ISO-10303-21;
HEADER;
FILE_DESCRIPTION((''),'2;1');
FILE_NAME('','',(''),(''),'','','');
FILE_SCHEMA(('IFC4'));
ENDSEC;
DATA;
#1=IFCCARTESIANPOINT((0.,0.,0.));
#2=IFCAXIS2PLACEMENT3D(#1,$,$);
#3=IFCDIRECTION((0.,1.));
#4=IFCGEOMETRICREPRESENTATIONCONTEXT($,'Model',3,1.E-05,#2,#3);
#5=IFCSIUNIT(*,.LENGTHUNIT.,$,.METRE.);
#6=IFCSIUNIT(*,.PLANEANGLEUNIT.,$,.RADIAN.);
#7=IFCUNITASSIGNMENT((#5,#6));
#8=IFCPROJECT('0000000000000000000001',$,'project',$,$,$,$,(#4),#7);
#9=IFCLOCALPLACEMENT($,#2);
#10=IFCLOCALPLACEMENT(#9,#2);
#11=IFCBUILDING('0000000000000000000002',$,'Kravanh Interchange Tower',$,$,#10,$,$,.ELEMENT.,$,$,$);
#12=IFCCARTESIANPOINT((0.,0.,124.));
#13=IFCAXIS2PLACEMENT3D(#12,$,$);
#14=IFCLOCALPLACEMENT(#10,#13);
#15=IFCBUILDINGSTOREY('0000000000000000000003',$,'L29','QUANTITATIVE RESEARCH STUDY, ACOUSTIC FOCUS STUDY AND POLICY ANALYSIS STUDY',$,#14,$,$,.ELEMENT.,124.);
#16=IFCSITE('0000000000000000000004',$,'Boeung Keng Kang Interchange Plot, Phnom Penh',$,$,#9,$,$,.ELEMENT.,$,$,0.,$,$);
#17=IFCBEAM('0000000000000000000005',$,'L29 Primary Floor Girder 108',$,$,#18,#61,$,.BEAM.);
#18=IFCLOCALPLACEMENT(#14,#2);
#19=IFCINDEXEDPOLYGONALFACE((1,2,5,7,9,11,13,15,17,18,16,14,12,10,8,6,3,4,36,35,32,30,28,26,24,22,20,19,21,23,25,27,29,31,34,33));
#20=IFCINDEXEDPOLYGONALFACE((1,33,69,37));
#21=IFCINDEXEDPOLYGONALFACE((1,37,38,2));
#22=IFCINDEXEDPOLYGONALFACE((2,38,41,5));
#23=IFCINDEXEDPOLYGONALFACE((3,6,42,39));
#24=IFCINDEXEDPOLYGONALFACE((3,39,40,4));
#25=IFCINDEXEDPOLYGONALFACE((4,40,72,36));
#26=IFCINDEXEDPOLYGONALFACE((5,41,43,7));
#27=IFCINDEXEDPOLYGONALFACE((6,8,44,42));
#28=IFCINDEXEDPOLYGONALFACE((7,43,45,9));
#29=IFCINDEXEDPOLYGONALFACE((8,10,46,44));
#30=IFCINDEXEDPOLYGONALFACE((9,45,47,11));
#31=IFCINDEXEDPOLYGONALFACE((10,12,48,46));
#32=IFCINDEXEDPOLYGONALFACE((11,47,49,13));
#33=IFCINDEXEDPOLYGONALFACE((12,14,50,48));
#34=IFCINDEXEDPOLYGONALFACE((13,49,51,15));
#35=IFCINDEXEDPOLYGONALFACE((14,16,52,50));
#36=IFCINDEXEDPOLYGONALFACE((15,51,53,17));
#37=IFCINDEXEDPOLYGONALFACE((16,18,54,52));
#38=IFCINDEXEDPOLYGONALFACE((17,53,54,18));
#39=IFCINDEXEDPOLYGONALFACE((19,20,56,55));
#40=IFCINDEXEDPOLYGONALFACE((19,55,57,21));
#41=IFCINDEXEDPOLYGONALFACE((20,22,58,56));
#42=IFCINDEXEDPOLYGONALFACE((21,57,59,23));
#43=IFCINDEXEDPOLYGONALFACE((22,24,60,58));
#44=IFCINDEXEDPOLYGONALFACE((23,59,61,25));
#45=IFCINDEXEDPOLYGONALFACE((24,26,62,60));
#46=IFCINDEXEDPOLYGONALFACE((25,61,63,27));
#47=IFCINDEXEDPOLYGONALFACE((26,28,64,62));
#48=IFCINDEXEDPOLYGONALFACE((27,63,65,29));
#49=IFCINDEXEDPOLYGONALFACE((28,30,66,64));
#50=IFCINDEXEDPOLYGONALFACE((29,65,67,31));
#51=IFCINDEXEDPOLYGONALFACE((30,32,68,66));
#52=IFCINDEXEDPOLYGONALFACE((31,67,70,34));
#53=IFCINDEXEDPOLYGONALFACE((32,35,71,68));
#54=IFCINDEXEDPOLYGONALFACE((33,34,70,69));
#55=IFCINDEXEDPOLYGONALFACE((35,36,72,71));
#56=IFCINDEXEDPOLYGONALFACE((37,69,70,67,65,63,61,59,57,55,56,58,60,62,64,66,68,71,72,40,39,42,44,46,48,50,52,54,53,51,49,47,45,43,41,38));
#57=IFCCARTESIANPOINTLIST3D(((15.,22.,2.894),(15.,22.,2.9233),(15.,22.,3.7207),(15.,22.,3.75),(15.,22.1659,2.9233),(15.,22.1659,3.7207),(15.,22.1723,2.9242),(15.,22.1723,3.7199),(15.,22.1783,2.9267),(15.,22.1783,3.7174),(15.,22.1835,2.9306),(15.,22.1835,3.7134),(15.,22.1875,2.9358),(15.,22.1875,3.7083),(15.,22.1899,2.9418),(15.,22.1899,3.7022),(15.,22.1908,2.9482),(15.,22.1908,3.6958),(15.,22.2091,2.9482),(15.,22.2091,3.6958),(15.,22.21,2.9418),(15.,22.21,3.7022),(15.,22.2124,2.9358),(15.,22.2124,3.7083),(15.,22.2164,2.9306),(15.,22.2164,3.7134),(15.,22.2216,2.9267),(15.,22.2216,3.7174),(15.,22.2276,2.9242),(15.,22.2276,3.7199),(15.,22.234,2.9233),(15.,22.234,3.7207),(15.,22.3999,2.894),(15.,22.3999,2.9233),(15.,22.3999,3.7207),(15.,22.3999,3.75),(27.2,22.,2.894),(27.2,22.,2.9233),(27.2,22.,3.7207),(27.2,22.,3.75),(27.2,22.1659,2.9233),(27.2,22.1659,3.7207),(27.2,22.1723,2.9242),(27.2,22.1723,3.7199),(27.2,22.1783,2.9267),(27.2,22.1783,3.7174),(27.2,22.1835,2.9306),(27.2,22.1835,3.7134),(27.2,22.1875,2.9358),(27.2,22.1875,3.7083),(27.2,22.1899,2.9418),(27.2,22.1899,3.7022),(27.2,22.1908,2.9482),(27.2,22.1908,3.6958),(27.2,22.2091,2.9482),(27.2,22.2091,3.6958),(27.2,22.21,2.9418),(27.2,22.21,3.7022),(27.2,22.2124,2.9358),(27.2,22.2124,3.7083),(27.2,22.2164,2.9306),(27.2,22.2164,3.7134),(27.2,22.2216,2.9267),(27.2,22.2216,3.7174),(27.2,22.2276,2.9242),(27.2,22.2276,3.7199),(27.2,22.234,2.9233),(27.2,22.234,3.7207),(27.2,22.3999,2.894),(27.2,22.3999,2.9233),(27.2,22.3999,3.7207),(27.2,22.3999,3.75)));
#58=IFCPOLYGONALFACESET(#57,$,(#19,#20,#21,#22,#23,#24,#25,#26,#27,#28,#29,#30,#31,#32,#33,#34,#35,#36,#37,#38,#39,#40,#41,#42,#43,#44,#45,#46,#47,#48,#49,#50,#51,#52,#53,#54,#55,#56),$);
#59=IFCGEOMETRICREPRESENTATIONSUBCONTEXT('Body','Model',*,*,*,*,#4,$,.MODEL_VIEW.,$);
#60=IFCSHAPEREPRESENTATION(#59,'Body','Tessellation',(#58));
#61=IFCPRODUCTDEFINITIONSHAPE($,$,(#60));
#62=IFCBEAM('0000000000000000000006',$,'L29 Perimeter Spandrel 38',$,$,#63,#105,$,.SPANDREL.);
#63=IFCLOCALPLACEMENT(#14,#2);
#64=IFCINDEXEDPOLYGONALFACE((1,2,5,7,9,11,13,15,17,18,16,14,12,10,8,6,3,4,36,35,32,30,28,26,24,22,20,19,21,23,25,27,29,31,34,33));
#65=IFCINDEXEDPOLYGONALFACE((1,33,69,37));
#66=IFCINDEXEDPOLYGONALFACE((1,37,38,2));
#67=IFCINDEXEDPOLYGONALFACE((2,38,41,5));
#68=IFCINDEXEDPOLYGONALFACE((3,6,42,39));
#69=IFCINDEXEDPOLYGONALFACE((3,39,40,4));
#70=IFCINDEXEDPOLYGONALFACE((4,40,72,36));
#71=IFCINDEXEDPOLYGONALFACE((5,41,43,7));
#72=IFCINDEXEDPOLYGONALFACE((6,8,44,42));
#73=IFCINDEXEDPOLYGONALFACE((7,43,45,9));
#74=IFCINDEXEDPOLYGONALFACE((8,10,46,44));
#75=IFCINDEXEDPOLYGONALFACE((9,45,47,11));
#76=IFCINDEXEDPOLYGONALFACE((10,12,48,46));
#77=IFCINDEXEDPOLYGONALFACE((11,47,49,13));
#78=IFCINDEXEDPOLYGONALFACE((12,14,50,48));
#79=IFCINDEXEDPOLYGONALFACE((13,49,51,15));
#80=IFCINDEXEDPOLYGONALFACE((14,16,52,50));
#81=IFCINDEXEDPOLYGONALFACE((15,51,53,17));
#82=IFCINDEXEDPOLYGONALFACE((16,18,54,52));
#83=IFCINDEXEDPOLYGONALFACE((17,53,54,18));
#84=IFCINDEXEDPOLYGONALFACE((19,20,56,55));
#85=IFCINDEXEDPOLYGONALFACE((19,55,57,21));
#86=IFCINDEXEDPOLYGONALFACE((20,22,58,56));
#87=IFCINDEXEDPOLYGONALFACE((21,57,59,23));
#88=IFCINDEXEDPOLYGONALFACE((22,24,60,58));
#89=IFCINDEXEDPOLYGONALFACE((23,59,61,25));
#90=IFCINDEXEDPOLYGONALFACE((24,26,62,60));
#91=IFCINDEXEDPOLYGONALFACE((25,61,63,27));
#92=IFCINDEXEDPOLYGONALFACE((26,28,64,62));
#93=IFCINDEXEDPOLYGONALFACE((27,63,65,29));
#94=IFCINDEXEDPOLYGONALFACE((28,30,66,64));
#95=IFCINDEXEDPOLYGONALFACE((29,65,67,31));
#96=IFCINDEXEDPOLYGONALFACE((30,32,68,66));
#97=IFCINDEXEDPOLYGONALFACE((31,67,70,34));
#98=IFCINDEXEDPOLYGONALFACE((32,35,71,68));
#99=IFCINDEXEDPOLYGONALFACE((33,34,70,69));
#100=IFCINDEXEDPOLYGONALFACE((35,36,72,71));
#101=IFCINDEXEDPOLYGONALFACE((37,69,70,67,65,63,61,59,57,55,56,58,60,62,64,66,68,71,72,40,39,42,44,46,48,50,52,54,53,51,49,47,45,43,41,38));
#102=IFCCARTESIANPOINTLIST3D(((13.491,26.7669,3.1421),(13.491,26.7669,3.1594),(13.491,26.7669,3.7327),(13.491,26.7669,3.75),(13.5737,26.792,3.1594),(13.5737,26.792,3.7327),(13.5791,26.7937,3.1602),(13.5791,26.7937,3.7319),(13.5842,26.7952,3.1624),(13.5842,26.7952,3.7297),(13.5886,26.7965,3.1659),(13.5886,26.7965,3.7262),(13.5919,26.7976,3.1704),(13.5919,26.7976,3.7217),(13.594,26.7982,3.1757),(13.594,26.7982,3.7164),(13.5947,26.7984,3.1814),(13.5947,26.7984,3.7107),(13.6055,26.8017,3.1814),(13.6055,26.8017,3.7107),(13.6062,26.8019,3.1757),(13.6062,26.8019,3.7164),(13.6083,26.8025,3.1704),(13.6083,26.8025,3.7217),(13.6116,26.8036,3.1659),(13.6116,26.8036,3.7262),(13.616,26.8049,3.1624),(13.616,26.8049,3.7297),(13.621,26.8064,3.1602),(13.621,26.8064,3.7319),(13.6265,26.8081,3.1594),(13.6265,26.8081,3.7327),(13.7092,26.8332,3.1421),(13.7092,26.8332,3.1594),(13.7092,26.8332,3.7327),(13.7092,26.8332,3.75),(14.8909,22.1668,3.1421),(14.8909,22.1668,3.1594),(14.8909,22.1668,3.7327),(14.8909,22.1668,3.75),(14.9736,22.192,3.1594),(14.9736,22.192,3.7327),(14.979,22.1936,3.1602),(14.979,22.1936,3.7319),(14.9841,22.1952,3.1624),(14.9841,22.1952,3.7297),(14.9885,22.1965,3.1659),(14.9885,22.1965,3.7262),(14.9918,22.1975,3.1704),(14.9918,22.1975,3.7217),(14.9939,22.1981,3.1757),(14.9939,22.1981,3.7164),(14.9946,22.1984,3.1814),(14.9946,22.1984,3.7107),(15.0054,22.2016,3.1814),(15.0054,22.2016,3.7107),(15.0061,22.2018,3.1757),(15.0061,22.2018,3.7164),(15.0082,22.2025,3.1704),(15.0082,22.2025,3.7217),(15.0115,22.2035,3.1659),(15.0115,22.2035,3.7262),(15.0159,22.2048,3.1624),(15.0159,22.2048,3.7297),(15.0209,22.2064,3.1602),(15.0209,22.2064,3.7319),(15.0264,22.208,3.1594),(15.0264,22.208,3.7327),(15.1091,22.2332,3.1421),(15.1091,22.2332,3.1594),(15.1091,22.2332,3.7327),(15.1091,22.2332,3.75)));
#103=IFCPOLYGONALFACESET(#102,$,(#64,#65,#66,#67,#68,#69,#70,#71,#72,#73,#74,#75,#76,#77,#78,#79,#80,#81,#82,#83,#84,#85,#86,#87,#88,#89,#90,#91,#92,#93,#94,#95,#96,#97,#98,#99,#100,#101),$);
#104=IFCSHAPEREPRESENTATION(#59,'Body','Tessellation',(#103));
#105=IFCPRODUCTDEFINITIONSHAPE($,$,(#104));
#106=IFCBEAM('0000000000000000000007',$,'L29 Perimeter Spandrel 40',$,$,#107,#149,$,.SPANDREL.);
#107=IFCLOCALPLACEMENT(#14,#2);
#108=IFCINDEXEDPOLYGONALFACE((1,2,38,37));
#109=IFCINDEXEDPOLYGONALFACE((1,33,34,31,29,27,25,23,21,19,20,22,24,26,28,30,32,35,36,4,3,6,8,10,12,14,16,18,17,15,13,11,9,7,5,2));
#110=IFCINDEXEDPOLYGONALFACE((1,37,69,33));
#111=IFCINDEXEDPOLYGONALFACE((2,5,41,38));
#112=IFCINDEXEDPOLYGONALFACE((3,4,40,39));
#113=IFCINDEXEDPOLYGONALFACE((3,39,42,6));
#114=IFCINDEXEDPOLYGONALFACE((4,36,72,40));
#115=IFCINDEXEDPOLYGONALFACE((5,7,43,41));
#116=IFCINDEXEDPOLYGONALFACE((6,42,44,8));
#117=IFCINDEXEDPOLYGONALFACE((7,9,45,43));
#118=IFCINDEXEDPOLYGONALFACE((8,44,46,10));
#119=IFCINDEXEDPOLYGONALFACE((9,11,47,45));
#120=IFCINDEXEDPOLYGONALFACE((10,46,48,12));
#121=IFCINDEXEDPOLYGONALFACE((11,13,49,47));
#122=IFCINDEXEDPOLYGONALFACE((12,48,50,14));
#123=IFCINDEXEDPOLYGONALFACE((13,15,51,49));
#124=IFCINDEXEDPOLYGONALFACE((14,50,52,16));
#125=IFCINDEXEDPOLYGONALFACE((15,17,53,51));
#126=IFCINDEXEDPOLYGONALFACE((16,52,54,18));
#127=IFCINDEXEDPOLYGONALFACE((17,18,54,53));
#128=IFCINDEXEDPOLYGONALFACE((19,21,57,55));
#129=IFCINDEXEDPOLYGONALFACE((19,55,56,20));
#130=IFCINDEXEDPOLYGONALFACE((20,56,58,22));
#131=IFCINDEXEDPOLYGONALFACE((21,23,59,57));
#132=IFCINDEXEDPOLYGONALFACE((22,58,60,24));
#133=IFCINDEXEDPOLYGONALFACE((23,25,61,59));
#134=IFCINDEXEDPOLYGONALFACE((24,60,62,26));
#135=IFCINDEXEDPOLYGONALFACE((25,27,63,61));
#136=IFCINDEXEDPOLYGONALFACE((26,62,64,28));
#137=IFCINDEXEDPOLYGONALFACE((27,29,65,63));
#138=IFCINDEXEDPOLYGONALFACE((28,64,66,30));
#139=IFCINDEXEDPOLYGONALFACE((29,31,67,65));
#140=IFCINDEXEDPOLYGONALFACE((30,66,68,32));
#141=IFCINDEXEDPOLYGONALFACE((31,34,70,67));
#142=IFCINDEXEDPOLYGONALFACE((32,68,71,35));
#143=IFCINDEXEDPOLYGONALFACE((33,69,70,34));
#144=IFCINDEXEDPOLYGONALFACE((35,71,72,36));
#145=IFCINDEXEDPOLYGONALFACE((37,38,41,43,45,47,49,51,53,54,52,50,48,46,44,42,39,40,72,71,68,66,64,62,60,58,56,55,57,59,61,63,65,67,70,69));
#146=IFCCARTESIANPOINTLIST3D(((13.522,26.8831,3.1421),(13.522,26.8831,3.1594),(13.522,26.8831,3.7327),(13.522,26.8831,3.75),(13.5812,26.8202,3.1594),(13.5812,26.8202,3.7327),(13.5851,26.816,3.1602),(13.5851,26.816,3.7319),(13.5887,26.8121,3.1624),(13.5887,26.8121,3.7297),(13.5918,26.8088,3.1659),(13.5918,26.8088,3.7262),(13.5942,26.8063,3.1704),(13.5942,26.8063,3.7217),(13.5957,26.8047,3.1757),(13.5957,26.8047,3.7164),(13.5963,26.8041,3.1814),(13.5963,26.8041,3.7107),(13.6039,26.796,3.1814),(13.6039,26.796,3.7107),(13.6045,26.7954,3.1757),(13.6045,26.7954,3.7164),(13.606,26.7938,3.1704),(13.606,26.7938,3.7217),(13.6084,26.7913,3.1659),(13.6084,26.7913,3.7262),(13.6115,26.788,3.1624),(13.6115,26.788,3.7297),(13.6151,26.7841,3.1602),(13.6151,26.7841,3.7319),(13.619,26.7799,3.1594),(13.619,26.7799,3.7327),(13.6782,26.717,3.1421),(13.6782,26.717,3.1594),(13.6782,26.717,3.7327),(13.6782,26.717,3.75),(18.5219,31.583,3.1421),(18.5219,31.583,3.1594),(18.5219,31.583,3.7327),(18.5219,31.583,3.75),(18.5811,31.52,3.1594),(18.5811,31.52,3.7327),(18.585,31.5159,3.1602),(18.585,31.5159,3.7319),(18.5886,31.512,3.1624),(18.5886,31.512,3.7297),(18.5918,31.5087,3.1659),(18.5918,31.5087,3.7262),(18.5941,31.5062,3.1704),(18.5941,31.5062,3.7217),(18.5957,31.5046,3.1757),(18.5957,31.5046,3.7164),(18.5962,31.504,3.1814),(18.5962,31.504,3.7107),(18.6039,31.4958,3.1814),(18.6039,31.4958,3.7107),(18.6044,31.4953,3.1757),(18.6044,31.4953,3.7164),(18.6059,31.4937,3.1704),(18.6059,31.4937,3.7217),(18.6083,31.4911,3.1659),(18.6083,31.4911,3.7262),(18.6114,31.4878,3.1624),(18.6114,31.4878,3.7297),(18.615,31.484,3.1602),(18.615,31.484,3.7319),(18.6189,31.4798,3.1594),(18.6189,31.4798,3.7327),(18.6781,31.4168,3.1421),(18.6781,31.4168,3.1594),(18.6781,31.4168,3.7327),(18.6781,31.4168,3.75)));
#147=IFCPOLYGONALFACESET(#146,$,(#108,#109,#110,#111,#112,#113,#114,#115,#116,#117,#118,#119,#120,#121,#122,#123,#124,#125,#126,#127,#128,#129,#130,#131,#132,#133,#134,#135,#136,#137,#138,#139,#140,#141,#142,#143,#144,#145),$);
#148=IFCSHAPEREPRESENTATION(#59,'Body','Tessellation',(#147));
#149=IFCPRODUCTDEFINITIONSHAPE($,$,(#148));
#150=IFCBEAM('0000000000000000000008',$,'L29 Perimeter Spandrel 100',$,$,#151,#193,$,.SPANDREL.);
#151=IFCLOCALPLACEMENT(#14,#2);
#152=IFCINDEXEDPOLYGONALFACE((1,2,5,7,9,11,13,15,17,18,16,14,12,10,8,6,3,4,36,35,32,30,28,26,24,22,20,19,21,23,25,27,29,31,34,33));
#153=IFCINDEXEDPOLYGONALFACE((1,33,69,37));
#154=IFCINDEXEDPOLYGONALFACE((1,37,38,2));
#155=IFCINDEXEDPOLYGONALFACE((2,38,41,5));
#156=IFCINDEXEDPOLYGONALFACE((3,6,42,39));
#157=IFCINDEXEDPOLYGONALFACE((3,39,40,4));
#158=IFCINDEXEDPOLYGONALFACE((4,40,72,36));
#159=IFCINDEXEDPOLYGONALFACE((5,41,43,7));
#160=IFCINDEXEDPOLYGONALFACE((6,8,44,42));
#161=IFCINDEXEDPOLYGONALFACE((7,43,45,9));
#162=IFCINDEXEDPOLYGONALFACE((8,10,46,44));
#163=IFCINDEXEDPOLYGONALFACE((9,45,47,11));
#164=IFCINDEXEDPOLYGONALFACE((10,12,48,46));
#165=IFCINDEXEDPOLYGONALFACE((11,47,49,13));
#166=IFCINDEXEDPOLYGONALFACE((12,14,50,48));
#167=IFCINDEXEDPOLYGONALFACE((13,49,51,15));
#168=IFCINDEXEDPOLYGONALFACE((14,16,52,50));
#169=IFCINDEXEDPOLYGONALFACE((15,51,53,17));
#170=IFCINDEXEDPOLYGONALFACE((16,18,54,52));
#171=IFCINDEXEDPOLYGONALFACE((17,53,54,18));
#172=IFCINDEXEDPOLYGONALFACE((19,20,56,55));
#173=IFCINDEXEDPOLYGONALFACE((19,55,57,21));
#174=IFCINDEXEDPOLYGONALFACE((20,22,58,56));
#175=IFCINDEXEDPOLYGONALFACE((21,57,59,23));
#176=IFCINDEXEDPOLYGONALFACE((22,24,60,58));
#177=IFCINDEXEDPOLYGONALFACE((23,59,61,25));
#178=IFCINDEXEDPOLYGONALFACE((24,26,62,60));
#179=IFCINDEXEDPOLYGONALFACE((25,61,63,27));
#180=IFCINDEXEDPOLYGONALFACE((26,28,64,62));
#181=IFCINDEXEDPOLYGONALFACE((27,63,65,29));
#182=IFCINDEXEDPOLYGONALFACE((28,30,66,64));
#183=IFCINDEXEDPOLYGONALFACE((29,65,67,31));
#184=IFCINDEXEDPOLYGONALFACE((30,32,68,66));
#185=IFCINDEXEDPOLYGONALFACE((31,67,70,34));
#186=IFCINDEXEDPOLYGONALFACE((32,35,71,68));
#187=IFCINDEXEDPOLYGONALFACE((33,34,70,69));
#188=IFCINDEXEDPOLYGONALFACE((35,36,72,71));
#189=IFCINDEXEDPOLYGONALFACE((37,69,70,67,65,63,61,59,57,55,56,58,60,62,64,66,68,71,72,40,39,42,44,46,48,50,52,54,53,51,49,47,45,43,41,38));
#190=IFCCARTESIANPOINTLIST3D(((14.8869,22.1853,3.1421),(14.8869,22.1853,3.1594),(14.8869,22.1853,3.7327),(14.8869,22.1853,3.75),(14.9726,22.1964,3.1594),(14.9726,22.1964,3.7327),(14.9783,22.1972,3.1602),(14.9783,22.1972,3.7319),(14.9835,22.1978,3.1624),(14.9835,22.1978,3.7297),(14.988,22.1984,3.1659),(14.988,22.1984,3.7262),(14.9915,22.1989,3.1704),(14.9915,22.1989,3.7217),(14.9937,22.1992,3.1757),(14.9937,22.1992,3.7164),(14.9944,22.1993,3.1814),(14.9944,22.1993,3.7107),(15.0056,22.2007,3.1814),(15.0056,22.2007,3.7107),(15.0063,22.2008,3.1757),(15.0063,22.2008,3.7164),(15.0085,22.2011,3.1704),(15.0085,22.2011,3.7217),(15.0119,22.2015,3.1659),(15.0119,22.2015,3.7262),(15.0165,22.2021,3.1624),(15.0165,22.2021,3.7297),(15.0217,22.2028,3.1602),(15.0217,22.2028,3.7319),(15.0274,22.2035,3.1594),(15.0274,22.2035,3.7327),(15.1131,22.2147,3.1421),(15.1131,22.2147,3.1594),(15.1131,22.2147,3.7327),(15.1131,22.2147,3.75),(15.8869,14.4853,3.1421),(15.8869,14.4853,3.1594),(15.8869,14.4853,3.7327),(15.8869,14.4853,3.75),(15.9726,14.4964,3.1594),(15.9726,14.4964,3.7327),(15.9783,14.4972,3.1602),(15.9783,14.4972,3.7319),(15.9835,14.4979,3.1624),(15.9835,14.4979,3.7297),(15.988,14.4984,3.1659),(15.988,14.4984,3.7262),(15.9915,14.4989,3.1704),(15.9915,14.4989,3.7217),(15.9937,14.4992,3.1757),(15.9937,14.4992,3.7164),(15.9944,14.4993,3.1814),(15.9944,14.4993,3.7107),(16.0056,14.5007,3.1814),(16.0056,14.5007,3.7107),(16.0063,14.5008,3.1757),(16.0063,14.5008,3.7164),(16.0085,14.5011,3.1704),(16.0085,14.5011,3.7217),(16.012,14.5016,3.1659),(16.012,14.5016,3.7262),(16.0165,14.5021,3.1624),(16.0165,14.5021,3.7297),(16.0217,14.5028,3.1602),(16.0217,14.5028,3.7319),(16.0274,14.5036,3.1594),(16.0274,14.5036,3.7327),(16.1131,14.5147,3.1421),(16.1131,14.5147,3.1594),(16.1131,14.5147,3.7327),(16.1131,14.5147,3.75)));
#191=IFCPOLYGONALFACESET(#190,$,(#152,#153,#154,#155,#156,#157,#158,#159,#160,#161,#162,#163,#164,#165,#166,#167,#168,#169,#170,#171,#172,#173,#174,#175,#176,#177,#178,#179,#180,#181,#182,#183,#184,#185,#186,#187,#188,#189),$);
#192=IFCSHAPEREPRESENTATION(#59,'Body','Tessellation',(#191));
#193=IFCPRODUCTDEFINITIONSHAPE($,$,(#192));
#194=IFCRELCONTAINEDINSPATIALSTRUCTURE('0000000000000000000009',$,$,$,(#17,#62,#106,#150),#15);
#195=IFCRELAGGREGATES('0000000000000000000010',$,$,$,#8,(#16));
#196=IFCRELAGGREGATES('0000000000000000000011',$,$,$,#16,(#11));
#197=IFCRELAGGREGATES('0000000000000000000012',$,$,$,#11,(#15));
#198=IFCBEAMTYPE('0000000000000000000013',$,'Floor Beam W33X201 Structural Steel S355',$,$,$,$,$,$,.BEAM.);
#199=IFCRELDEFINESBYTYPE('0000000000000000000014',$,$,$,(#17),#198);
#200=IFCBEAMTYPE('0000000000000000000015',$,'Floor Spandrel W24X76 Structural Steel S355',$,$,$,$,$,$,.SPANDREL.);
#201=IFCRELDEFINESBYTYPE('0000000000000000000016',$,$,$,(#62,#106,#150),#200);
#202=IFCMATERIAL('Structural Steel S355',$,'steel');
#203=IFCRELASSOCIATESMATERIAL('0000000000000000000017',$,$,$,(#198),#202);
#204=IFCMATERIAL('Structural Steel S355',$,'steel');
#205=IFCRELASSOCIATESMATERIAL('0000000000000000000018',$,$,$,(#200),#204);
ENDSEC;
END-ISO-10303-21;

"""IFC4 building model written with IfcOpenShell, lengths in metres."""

from ifc_helpers import new_model, si_unit, direction, frame, origin, origin_2d, place, context, subcontext, project, spatial, i_section, extrude, material, material_profile, profile_set, type_object, element, save


model = new_model("IFC4")

# Units and contexts
model_context = context("Model", 3, precision=1e-05, world=origin(), true_north=direction((0.0, 1.0)))
body_context = subcontext(model_context, "Body", "Model", "MODEL_VIEW")
ifc_project = project(units=[si_unit("LENGTHUNIT", "METRE"), si_unit("PLANEANGLEUNIT", "RADIAN")], contexts=[model_context])

# Site, building, storey
site_placement = place(None, origin())
site = spatial("IfcSite", under=ifc_project, at=site_placement, Name="Boeung Keng Kang Interchange Plot, Phnom Penh", CompositionType="ELEMENT", RefElevation=0.0)
building_placement = place(site_placement, origin())
building = spatial("IfcBuilding", under=site, at=building_placement, Name="Kravanh Interchange Tower", CompositionType="ELEMENT")
storey_placement = place(building_placement, frame((0.0, 0.0, 124.0)))
storey = spatial("IfcBuildingStorey", under=building, at=storey_placement, Name="L29", Description="QUANTITATIVE RESEARCH STUDY, ACOUSTIC FOCUS STUDY AND POLICY ANALYSIS STUDY", CompositionType="ELEMENT", Elevation=124.0)

# Beams
ifc_material_1 = material(Name="Structural Steel S355", Category="steel")
ifc_material_profile_1 = material_profile(ifc_material_1, i_section(OverallWidth=0.3999, OverallDepth=0.856, WebThickness=0.0183, FlangeThickness=0.0293, FilletRadius=0.0249, at=origin_2d()), Name="W33X201")
ifc_profile_set_1 = profile_set([ifc_material_profile_1], Name="Structural Steel S355")
beam_type_1 = type_object("IfcBeamType", Name="Floor Beam W33X201 Structural Steel S355", PredefinedType="BEAM", material=ifc_profile_set_1)
beam_1_placement = place(storey_placement, frame((15.0, 22.2, 3.322), z_axis=(1.0, 0.0, 0.0), x_axis=(0.0, 1.0, 0.0)))
element("IfcBeam", 1, at=beam_1_placement, inside=storey, type_object=beam_type_1, Name="L29 Primary Floor Girder 108", PredefinedType="BEAM", context=body_context, shape_type="SweptSolid", body=[
    extrude(i_section(OverallWidth=0.3999, OverallDepth=0.856, WebThickness=0.0183, FlangeThickness=0.0293, FilletRadius=0.0249, at=origin_2d()), origin(), (0.0, 0.0, 1.0), 12.2),
])
ifc_material_2 = material(Name="Structural Steel S355", Category="steel")
ifc_material_profile_2 = material_profile(ifc_material_2, i_section(OverallWidth=0.228, OverallDepth=0.6079, WebThickness=0.0112, FlangeThickness=0.0173, FilletRadius=0.022, at=origin_2d()), Name="W24X76")
ifc_profile_set_2 = profile_set([ifc_material_profile_2], Name="Structural Steel S355")
beam_type_2 = type_object("IfcBeamType", Name="Floor Spandrel W24X76 Structural Steel S355", PredefinedType="SPANDREL", material=ifc_profile_set_2)
beam_2_placement = place(storey_placement, frame((13.6001, 26.8, 3.446), z_axis=(0.291137, -0.956681, 0.0), x_axis=(0.956681, 0.291137, 0.0)))
element("IfcBeam", 2, at=beam_2_placement, inside=storey, type_object=beam_type_2, Name="L29 Perimeter Spandrel 38", PredefinedType="SPANDREL", context=body_context, shape_type="SweptSolid", body=[
    extrude(i_section(OverallWidth=0.228, OverallDepth=0.6079, WebThickness=0.0112, FlangeThickness=0.0173, FilletRadius=0.022, at=origin_2d()), origin(), (0.0, 0.0, 1.0), 4.8083),
])
beam_3_placement = place(storey_placement, frame((13.6001, 26.8, 3.446), z_axis=(0.728631, 0.684906, 0.0), x_axis=(-0.684906, 0.728631, 0.0)))
element("IfcBeam", 3, at=beam_3_placement, inside=storey, type_object=beam_type_2, Name="L29 Perimeter Spandrel 40", PredefinedType="SPANDREL", context=body_context, shape_type="SweptSolid", body=[
    extrude(i_section(OverallWidth=0.228, OverallDepth=0.6079, WebThickness=0.0112, FlangeThickness=0.0173, FilletRadius=0.022, at=origin_2d()), origin(), (0.0, 0.0, 1.0), 6.8621),
])
beam_4_placement = place(storey_placement, frame((16.0, 14.5, 3.446), z_axis=(-0.128789, 0.991672, 0.0), x_axis=(-0.991672, -0.128789, 0.0)))
element("IfcBeam", 4, at=beam_4_placement, inside=storey, type_object=beam_type_2, Name="L29 Perimeter Spandrel 100", PredefinedType="SPANDREL", context=body_context, shape_type="SweptSolid", body=[
    extrude(i_section(OverallWidth=0.228, OverallDepth=0.6079, WebThickness=0.0112, FlangeThickness=0.0173, FilletRadius=0.022, at=origin_2d()), origin(), (0.0, 0.0, 1.0), 7.7646),
])

save(model, "model.ifc")
